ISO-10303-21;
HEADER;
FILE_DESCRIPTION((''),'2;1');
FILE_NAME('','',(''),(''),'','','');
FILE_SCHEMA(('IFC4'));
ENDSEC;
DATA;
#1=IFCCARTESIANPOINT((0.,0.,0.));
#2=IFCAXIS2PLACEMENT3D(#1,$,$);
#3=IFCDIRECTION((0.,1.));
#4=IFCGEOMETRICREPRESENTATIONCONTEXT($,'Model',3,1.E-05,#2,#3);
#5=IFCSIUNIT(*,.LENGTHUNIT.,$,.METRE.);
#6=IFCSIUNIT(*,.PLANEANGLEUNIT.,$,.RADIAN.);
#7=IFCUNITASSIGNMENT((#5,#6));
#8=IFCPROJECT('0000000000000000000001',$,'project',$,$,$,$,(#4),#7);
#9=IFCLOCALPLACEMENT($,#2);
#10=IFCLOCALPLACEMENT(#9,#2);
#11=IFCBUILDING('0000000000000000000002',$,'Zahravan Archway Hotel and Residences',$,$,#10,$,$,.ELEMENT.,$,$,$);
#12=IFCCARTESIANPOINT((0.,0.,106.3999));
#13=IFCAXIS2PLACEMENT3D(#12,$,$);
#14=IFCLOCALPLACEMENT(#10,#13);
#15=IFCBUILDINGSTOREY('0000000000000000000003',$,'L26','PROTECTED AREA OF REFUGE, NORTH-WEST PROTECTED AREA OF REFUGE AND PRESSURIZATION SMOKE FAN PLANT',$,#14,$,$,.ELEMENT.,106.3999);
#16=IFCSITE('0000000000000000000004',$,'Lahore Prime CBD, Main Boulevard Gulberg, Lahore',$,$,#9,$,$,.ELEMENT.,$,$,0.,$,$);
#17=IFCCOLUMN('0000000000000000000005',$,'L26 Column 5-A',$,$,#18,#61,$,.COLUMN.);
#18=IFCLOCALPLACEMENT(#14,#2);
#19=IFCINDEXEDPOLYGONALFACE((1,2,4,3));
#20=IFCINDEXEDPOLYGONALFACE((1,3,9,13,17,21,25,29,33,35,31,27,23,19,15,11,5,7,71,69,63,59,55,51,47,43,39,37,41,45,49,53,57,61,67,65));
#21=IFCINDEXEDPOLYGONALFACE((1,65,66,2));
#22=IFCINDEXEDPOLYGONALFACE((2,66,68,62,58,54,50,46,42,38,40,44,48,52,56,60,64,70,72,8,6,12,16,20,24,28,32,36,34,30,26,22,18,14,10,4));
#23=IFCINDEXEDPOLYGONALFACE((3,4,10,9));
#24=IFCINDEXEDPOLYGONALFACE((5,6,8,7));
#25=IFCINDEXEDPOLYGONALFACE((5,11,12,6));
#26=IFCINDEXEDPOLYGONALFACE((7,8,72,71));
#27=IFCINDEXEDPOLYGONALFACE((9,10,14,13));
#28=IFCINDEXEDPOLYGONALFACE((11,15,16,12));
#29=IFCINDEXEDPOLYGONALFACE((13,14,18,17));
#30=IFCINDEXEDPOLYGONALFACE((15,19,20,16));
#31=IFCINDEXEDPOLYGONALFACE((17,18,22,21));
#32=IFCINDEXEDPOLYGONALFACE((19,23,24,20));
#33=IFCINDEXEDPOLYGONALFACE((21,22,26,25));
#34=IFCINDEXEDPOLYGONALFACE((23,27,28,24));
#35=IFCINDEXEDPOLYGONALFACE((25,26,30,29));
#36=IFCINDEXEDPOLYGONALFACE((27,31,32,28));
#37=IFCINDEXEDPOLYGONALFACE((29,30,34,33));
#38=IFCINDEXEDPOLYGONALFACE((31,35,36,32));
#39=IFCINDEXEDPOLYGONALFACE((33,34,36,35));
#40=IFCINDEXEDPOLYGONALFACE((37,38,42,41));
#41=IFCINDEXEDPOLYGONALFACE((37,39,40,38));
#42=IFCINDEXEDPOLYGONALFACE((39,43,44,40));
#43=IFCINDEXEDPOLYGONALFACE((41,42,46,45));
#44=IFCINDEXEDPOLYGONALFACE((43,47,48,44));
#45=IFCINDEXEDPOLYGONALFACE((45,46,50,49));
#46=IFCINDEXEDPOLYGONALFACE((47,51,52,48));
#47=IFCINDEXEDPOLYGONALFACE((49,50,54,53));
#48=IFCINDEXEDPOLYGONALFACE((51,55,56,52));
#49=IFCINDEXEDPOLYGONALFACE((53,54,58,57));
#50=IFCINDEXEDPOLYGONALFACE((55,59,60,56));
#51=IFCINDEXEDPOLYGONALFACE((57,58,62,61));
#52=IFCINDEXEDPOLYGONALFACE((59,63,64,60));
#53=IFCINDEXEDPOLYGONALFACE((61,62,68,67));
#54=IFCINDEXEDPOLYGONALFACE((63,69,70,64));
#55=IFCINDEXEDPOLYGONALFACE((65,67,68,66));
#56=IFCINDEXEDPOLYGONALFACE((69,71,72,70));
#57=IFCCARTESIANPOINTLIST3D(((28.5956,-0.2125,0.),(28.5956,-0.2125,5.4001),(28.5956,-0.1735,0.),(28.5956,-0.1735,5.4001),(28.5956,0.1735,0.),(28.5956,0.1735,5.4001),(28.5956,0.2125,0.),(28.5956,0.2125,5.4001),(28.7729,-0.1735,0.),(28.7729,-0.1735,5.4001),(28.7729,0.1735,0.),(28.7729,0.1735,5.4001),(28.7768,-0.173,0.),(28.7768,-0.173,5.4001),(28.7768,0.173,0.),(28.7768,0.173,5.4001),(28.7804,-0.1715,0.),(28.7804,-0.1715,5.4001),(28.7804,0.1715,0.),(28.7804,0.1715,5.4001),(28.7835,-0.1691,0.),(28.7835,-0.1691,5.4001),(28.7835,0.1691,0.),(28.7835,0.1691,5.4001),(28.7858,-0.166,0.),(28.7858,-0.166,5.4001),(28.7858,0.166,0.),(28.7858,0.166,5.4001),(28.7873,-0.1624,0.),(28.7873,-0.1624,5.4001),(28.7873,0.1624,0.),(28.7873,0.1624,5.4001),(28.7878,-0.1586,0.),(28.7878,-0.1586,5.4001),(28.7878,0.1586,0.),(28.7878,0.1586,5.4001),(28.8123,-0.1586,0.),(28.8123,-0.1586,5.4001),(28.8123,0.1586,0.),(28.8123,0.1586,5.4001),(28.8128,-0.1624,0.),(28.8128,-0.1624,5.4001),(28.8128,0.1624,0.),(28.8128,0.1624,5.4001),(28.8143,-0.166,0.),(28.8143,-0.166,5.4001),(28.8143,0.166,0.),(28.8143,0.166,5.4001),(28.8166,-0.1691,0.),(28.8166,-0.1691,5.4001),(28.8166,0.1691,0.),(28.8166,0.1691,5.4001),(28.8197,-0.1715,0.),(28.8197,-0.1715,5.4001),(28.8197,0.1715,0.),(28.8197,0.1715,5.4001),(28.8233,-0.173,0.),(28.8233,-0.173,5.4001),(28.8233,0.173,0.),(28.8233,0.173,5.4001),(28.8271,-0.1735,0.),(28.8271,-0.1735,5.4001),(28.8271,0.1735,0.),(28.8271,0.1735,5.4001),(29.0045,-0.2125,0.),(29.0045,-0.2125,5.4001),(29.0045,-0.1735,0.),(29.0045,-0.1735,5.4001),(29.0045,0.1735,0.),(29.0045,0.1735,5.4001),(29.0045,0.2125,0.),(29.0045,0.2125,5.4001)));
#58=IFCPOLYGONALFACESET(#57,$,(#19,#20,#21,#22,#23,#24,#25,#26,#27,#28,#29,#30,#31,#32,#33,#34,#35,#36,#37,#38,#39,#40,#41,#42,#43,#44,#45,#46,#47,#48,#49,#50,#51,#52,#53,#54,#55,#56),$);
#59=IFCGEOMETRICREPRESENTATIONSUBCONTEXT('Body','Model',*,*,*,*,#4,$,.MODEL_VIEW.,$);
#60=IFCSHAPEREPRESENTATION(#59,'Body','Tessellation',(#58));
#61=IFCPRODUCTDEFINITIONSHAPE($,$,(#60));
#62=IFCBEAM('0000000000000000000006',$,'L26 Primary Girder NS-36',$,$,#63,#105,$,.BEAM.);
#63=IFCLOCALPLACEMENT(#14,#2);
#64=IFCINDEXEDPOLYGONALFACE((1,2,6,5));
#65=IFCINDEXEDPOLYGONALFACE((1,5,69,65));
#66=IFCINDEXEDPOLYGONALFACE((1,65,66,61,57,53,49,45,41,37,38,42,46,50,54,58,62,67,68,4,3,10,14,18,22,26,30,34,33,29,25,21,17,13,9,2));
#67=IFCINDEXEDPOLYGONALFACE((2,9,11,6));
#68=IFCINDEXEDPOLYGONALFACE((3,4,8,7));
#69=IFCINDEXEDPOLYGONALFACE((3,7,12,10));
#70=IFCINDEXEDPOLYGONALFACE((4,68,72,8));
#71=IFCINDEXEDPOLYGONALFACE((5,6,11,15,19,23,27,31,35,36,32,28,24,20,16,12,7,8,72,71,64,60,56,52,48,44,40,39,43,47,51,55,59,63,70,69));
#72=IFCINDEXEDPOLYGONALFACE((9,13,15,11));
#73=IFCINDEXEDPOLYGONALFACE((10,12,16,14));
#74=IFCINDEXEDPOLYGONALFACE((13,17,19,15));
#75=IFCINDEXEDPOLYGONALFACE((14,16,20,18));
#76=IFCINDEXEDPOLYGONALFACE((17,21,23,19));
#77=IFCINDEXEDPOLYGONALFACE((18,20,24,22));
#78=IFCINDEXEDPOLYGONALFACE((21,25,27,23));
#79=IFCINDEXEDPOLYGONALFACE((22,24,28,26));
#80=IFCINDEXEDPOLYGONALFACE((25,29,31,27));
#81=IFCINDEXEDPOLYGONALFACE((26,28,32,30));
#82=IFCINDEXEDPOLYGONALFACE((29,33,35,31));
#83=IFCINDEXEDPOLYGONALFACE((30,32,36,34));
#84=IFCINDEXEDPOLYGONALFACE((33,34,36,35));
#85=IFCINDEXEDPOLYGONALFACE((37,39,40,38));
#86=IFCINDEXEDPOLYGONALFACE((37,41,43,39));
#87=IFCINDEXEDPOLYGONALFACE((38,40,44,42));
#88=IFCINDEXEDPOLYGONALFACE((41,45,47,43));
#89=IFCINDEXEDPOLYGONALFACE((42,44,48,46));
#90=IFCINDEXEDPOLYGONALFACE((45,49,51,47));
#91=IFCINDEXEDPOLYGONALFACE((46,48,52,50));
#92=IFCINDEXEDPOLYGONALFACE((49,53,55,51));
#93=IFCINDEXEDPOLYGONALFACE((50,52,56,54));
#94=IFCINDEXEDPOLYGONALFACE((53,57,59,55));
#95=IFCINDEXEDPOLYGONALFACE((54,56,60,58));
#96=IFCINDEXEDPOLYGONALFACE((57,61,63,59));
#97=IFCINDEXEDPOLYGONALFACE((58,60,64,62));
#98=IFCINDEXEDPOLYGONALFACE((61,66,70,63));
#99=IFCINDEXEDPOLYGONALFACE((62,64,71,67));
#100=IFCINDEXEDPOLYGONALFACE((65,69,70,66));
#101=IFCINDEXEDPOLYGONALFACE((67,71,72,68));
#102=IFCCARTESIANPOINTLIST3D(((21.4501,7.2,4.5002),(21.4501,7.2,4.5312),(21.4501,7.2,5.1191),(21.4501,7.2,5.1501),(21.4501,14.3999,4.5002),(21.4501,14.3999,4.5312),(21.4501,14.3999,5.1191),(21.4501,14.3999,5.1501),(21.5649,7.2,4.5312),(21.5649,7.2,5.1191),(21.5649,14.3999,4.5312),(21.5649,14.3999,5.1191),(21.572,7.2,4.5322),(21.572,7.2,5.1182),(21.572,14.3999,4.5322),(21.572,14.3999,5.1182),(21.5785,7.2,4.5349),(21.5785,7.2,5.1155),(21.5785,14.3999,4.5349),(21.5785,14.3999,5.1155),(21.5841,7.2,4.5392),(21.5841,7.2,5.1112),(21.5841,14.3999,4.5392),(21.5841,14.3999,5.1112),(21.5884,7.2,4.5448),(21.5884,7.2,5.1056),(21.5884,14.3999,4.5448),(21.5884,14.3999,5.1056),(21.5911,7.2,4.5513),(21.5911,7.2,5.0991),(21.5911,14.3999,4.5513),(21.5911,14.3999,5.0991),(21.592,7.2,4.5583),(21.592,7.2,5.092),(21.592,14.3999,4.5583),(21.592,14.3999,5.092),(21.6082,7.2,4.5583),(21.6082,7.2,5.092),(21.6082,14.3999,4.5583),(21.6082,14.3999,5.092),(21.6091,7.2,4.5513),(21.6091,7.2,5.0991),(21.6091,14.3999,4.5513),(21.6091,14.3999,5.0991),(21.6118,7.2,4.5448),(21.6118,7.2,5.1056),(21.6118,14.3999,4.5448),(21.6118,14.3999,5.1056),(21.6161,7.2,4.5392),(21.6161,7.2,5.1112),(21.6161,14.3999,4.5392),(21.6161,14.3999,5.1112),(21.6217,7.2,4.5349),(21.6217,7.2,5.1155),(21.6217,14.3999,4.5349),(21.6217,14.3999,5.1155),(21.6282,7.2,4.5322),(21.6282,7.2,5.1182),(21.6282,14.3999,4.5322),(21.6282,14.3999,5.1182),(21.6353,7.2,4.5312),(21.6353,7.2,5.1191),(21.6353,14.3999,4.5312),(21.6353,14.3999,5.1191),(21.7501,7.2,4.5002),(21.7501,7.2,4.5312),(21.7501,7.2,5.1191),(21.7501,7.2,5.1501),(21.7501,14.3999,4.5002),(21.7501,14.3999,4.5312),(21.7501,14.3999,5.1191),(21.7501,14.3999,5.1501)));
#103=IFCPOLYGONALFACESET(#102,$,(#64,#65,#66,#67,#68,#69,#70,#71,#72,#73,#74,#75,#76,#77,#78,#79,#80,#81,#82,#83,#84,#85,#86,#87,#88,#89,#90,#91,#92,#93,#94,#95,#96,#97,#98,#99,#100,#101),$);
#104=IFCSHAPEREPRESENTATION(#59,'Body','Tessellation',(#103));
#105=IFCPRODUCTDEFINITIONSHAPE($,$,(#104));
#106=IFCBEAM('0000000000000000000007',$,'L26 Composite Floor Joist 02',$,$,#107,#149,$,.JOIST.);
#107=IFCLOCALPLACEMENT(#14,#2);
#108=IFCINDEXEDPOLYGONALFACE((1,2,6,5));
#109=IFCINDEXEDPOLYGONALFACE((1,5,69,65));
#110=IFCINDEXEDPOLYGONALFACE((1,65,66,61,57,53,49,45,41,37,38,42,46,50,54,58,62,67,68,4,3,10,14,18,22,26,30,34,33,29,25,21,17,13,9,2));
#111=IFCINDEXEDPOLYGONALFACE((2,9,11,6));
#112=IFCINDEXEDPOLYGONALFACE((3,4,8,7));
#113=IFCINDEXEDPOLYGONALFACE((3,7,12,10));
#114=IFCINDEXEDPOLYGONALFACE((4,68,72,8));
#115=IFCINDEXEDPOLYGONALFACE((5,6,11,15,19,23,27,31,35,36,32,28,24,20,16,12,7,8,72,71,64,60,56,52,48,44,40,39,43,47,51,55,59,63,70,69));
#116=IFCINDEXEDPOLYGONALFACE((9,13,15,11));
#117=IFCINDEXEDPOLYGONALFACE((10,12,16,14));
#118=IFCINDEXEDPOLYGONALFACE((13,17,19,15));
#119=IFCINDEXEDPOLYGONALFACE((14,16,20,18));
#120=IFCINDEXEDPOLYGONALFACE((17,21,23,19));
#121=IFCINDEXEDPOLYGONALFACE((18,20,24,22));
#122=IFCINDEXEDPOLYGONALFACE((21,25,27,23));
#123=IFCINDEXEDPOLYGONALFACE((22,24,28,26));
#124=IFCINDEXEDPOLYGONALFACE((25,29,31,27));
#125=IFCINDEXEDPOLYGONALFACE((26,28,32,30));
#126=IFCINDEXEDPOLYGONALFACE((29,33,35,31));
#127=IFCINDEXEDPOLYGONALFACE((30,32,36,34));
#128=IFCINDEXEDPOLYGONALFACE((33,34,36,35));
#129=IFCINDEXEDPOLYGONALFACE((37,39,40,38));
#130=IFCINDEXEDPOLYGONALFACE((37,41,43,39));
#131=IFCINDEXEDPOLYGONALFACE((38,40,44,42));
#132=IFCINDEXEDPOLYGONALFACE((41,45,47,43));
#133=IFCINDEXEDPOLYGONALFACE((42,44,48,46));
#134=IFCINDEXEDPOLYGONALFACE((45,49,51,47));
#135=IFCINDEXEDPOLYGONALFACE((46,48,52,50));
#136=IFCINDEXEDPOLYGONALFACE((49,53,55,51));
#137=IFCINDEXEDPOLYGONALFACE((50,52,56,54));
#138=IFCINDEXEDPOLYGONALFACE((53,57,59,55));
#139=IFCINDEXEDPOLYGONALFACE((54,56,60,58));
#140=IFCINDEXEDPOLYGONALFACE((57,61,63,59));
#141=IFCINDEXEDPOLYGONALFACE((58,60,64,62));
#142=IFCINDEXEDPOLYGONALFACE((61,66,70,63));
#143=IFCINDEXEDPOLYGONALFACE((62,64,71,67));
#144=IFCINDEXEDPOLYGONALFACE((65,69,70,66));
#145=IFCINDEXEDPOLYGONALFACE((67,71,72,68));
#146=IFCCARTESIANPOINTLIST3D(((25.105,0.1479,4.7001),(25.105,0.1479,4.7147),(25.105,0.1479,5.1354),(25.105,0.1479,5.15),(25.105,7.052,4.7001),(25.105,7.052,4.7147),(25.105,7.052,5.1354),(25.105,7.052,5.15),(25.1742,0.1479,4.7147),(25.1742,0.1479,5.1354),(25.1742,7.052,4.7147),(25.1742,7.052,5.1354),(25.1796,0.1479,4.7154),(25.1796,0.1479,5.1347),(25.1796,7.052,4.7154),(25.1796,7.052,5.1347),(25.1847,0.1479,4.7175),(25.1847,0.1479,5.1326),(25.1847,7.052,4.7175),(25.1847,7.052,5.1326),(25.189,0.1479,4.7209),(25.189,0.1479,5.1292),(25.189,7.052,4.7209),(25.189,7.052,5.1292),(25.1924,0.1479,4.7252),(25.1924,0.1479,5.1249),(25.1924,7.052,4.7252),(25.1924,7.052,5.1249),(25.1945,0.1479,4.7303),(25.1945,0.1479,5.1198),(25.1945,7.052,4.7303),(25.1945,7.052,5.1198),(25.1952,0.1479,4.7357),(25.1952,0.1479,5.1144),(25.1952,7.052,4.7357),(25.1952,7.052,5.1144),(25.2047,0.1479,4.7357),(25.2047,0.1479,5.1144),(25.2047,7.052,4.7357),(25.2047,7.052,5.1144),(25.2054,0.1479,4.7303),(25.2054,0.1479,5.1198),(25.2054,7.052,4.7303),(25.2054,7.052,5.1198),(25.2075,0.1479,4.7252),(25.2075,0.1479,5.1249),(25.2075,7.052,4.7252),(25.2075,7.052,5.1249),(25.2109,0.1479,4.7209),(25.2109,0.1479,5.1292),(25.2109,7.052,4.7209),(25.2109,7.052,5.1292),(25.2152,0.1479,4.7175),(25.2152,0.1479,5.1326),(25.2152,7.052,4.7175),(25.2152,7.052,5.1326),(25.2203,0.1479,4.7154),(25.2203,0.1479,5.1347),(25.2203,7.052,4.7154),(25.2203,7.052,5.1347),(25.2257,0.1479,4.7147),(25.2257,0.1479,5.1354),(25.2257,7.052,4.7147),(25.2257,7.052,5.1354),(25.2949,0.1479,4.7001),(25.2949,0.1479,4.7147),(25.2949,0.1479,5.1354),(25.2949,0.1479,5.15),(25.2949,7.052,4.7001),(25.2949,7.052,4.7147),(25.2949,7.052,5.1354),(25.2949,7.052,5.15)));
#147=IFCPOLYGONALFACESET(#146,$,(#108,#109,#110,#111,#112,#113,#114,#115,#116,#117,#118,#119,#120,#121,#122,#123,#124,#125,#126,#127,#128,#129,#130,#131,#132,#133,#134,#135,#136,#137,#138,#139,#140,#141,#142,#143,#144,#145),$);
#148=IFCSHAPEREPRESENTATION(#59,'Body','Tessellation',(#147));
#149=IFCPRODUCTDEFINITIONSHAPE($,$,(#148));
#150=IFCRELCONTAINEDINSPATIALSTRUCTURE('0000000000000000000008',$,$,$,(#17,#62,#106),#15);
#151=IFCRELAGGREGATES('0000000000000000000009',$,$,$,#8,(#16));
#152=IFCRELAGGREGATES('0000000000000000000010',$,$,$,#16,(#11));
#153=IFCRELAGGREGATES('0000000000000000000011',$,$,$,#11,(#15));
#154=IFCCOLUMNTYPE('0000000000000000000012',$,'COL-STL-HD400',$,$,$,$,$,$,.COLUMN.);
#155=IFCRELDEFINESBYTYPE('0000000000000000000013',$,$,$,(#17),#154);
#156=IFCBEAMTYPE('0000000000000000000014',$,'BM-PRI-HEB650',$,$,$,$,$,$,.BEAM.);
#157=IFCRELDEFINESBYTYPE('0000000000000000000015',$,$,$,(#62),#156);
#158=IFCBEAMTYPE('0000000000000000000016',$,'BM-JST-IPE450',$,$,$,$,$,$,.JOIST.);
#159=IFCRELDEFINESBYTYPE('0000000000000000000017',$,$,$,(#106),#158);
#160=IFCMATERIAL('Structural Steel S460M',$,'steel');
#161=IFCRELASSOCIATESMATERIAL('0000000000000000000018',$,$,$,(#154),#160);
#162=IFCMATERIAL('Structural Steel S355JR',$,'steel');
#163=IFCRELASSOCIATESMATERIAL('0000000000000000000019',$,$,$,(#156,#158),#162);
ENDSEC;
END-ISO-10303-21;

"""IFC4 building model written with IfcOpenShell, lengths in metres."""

from ifc_helpers import new_model, si_unit, direction, frame, origin, origin_2d, place, context, subcontext, project, spatial, i_section, extrude, source, transform, mapped, material, material_profile, profile_set, type_object, type_shapes, element, save


model = new_model("IFC4")

# Units and contexts
model_context = context("Model", 3, precision=1e-05, world=origin(), true_north=direction((0.0, 1.0)))
body_context = subcontext(model_context, "Body", "Model", "MODEL_VIEW")
ifc_project = project(units=[si_unit("LENGTHUNIT", "METRE"), si_unit("PLANEANGLEUNIT", "RADIAN")], contexts=[model_context])

# Site, building, storey
site_placement = place(None, origin())
site = spatial("IfcSite", under=ifc_project, at=site_placement, Name="Lahore Prime CBD, Main Boulevard Gulberg, Lahore", CompositionType="ELEMENT", RefElevation=0.0)
building_placement = place(site_placement, origin())
building = spatial("IfcBuilding", under=site, at=building_placement, Name="Zahravan Archway Hotel and Residences", CompositionType="ELEMENT")
storey_placement = place(building_placement, frame((0.0, 0.0, 106.3999)))
storey = spatial("IfcBuildingStorey", under=building, at=storey_placement, Name="L26", Description="PROTECTED AREA OF REFUGE, NORTH-WEST PROTECTED AREA OF REFUGE AND PRESSURIZATION SMOKE FAN PLANT", CompositionType="ELEMENT", Elevation=106.3999)

# Column
ifc_material_1 = material(Name="Structural Steel S460M", Category="steel")
ifc_material_profile_1 = material_profile(ifc_material_1, i_section(OverallWidth=0.4089, OverallDepth=0.425, WebThickness=0.0244, FlangeThickness=0.0391, FilletRadius=0.0149, at=origin_2d()), Name="HD 400x421", Category="steel")
ifc_profile_set_1 = profile_set([ifc_material_profile_1], Name="Structural Steel S460M")
column_type = type_object("IfcColumnType", Name="COL-STL-HD400", PredefinedType="COLUMN", material=ifc_profile_set_1)
shared_shape_1 = source(origin(), body_context, "Body", "SweptSolid", [
    extrude(i_section(OverallWidth=0.4089, OverallDepth=0.425, WebThickness=0.0244, FlangeThickness=0.0391, FilletRadius=0.0149, at=origin_2d()), origin(), (0.0, 0.0, 1.0), 5.4001),
])
column_placement = place(storey_placement, frame((28.8, 0.0, 0.0), z_axis=(0.0, 0.0, 1.0), x_axis=(1.0, 0.0, 0.0)))
element("IfcColumn", 1, at=column_placement, inside=storey, type_object=column_type, Name="L26 Column 5-A", PredefinedType="COLUMN", context=body_context, shape_type="MappedRepresentation", body=[
    mapped(shared_shape_1, transform((0.0, 0.0, 0.0), scale=1.0)),
])

# Beams
ifc_material_2 = material(Name="Structural Steel S355JR", Category="steel")
ifc_material_profile_2 = material_profile(ifc_material_2, i_section(OverallWidth=0.3, OverallDepth=0.6499, WebThickness=0.0161, FlangeThickness=0.031, FilletRadius=0.0271, at=origin_2d()), Name="HEB 650", Category="steel")
ifc_profile_set_2 = profile_set([ifc_material_profile_2], Name="Structural Steel S355JR")
beam_type_1 = type_object("IfcBeamType", Name="BM-PRI-HEB650", PredefinedType="BEAM", material=ifc_profile_set_2)
shared_shape_2 = source(origin(), body_context, "Body", "SweptSolid", [
    extrude(i_section(OverallWidth=0.3, OverallDepth=0.6499, WebThickness=0.0161, FlangeThickness=0.031, FilletRadius=0.0271, at=origin_2d()), origin(), (0.0, 0.0, 1.0), 7.2),
])
beam_1_placement = place(storey_placement, frame((21.6001, 7.2, 4.8252), z_axis=(0.0, 1.0, 0.0), x_axis=(-1.0, 0.0, 0.0)))
element("IfcBeam", 2, at=beam_1_placement, inside=storey, type_object=beam_type_1, Name="L26 Primary Girder NS-36", PredefinedType="BEAM", context=body_context, shape_type="MappedRepresentation", body=[
    mapped(shared_shape_2, transform((0.0, 0.0, 0.0), scale=1.0)),
])
ifc_material_profile_3 = material_profile(ifc_material_2, i_section(OverallWidth=0.1899, OverallDepth=0.45, WebThickness=0.0095, FlangeThickness=0.0146, FilletRadius=0.021, at=origin_2d()), Name="IPE 450", Category="steel")
ifc_profile_set_3 = profile_set([ifc_material_profile_3], Name="Structural Steel S355JR")
beam_type_2 = type_object("IfcBeamType", Name="BM-JST-IPE450", PredefinedType="JOIST", material=ifc_profile_set_3)
shared_shape_3 = source(origin(), body_context, "Body", "SweptSolid", [
    extrude(i_section(OverallWidth=0.1899, OverallDepth=0.45, WebThickness=0.0095, FlangeThickness=0.0146, FilletRadius=0.021, at=origin_2d()), origin(), (0.0, 0.0, 1.0), 6.9041),
])
type_shapes(beam_type_2, [shared_shape_3])
beam_2_placement = place(storey_placement, frame((25.2, 0.1479, 4.925), z_axis=(0.0, 1.0, 0.0), x_axis=(-1.0, 0.0, 0.0)))
element("IfcBeam", 3, at=beam_2_placement, inside=storey, type_object=beam_type_2, Name="L26 Composite Floor Joist 02", PredefinedType="JOIST", context=body_context, shape_type="MappedRepresentation", body=[
    mapped(shared_shape_3, transform((0.0, 0.0, 0.0), scale=1.0)),
])

save(model, "model.ifc")
